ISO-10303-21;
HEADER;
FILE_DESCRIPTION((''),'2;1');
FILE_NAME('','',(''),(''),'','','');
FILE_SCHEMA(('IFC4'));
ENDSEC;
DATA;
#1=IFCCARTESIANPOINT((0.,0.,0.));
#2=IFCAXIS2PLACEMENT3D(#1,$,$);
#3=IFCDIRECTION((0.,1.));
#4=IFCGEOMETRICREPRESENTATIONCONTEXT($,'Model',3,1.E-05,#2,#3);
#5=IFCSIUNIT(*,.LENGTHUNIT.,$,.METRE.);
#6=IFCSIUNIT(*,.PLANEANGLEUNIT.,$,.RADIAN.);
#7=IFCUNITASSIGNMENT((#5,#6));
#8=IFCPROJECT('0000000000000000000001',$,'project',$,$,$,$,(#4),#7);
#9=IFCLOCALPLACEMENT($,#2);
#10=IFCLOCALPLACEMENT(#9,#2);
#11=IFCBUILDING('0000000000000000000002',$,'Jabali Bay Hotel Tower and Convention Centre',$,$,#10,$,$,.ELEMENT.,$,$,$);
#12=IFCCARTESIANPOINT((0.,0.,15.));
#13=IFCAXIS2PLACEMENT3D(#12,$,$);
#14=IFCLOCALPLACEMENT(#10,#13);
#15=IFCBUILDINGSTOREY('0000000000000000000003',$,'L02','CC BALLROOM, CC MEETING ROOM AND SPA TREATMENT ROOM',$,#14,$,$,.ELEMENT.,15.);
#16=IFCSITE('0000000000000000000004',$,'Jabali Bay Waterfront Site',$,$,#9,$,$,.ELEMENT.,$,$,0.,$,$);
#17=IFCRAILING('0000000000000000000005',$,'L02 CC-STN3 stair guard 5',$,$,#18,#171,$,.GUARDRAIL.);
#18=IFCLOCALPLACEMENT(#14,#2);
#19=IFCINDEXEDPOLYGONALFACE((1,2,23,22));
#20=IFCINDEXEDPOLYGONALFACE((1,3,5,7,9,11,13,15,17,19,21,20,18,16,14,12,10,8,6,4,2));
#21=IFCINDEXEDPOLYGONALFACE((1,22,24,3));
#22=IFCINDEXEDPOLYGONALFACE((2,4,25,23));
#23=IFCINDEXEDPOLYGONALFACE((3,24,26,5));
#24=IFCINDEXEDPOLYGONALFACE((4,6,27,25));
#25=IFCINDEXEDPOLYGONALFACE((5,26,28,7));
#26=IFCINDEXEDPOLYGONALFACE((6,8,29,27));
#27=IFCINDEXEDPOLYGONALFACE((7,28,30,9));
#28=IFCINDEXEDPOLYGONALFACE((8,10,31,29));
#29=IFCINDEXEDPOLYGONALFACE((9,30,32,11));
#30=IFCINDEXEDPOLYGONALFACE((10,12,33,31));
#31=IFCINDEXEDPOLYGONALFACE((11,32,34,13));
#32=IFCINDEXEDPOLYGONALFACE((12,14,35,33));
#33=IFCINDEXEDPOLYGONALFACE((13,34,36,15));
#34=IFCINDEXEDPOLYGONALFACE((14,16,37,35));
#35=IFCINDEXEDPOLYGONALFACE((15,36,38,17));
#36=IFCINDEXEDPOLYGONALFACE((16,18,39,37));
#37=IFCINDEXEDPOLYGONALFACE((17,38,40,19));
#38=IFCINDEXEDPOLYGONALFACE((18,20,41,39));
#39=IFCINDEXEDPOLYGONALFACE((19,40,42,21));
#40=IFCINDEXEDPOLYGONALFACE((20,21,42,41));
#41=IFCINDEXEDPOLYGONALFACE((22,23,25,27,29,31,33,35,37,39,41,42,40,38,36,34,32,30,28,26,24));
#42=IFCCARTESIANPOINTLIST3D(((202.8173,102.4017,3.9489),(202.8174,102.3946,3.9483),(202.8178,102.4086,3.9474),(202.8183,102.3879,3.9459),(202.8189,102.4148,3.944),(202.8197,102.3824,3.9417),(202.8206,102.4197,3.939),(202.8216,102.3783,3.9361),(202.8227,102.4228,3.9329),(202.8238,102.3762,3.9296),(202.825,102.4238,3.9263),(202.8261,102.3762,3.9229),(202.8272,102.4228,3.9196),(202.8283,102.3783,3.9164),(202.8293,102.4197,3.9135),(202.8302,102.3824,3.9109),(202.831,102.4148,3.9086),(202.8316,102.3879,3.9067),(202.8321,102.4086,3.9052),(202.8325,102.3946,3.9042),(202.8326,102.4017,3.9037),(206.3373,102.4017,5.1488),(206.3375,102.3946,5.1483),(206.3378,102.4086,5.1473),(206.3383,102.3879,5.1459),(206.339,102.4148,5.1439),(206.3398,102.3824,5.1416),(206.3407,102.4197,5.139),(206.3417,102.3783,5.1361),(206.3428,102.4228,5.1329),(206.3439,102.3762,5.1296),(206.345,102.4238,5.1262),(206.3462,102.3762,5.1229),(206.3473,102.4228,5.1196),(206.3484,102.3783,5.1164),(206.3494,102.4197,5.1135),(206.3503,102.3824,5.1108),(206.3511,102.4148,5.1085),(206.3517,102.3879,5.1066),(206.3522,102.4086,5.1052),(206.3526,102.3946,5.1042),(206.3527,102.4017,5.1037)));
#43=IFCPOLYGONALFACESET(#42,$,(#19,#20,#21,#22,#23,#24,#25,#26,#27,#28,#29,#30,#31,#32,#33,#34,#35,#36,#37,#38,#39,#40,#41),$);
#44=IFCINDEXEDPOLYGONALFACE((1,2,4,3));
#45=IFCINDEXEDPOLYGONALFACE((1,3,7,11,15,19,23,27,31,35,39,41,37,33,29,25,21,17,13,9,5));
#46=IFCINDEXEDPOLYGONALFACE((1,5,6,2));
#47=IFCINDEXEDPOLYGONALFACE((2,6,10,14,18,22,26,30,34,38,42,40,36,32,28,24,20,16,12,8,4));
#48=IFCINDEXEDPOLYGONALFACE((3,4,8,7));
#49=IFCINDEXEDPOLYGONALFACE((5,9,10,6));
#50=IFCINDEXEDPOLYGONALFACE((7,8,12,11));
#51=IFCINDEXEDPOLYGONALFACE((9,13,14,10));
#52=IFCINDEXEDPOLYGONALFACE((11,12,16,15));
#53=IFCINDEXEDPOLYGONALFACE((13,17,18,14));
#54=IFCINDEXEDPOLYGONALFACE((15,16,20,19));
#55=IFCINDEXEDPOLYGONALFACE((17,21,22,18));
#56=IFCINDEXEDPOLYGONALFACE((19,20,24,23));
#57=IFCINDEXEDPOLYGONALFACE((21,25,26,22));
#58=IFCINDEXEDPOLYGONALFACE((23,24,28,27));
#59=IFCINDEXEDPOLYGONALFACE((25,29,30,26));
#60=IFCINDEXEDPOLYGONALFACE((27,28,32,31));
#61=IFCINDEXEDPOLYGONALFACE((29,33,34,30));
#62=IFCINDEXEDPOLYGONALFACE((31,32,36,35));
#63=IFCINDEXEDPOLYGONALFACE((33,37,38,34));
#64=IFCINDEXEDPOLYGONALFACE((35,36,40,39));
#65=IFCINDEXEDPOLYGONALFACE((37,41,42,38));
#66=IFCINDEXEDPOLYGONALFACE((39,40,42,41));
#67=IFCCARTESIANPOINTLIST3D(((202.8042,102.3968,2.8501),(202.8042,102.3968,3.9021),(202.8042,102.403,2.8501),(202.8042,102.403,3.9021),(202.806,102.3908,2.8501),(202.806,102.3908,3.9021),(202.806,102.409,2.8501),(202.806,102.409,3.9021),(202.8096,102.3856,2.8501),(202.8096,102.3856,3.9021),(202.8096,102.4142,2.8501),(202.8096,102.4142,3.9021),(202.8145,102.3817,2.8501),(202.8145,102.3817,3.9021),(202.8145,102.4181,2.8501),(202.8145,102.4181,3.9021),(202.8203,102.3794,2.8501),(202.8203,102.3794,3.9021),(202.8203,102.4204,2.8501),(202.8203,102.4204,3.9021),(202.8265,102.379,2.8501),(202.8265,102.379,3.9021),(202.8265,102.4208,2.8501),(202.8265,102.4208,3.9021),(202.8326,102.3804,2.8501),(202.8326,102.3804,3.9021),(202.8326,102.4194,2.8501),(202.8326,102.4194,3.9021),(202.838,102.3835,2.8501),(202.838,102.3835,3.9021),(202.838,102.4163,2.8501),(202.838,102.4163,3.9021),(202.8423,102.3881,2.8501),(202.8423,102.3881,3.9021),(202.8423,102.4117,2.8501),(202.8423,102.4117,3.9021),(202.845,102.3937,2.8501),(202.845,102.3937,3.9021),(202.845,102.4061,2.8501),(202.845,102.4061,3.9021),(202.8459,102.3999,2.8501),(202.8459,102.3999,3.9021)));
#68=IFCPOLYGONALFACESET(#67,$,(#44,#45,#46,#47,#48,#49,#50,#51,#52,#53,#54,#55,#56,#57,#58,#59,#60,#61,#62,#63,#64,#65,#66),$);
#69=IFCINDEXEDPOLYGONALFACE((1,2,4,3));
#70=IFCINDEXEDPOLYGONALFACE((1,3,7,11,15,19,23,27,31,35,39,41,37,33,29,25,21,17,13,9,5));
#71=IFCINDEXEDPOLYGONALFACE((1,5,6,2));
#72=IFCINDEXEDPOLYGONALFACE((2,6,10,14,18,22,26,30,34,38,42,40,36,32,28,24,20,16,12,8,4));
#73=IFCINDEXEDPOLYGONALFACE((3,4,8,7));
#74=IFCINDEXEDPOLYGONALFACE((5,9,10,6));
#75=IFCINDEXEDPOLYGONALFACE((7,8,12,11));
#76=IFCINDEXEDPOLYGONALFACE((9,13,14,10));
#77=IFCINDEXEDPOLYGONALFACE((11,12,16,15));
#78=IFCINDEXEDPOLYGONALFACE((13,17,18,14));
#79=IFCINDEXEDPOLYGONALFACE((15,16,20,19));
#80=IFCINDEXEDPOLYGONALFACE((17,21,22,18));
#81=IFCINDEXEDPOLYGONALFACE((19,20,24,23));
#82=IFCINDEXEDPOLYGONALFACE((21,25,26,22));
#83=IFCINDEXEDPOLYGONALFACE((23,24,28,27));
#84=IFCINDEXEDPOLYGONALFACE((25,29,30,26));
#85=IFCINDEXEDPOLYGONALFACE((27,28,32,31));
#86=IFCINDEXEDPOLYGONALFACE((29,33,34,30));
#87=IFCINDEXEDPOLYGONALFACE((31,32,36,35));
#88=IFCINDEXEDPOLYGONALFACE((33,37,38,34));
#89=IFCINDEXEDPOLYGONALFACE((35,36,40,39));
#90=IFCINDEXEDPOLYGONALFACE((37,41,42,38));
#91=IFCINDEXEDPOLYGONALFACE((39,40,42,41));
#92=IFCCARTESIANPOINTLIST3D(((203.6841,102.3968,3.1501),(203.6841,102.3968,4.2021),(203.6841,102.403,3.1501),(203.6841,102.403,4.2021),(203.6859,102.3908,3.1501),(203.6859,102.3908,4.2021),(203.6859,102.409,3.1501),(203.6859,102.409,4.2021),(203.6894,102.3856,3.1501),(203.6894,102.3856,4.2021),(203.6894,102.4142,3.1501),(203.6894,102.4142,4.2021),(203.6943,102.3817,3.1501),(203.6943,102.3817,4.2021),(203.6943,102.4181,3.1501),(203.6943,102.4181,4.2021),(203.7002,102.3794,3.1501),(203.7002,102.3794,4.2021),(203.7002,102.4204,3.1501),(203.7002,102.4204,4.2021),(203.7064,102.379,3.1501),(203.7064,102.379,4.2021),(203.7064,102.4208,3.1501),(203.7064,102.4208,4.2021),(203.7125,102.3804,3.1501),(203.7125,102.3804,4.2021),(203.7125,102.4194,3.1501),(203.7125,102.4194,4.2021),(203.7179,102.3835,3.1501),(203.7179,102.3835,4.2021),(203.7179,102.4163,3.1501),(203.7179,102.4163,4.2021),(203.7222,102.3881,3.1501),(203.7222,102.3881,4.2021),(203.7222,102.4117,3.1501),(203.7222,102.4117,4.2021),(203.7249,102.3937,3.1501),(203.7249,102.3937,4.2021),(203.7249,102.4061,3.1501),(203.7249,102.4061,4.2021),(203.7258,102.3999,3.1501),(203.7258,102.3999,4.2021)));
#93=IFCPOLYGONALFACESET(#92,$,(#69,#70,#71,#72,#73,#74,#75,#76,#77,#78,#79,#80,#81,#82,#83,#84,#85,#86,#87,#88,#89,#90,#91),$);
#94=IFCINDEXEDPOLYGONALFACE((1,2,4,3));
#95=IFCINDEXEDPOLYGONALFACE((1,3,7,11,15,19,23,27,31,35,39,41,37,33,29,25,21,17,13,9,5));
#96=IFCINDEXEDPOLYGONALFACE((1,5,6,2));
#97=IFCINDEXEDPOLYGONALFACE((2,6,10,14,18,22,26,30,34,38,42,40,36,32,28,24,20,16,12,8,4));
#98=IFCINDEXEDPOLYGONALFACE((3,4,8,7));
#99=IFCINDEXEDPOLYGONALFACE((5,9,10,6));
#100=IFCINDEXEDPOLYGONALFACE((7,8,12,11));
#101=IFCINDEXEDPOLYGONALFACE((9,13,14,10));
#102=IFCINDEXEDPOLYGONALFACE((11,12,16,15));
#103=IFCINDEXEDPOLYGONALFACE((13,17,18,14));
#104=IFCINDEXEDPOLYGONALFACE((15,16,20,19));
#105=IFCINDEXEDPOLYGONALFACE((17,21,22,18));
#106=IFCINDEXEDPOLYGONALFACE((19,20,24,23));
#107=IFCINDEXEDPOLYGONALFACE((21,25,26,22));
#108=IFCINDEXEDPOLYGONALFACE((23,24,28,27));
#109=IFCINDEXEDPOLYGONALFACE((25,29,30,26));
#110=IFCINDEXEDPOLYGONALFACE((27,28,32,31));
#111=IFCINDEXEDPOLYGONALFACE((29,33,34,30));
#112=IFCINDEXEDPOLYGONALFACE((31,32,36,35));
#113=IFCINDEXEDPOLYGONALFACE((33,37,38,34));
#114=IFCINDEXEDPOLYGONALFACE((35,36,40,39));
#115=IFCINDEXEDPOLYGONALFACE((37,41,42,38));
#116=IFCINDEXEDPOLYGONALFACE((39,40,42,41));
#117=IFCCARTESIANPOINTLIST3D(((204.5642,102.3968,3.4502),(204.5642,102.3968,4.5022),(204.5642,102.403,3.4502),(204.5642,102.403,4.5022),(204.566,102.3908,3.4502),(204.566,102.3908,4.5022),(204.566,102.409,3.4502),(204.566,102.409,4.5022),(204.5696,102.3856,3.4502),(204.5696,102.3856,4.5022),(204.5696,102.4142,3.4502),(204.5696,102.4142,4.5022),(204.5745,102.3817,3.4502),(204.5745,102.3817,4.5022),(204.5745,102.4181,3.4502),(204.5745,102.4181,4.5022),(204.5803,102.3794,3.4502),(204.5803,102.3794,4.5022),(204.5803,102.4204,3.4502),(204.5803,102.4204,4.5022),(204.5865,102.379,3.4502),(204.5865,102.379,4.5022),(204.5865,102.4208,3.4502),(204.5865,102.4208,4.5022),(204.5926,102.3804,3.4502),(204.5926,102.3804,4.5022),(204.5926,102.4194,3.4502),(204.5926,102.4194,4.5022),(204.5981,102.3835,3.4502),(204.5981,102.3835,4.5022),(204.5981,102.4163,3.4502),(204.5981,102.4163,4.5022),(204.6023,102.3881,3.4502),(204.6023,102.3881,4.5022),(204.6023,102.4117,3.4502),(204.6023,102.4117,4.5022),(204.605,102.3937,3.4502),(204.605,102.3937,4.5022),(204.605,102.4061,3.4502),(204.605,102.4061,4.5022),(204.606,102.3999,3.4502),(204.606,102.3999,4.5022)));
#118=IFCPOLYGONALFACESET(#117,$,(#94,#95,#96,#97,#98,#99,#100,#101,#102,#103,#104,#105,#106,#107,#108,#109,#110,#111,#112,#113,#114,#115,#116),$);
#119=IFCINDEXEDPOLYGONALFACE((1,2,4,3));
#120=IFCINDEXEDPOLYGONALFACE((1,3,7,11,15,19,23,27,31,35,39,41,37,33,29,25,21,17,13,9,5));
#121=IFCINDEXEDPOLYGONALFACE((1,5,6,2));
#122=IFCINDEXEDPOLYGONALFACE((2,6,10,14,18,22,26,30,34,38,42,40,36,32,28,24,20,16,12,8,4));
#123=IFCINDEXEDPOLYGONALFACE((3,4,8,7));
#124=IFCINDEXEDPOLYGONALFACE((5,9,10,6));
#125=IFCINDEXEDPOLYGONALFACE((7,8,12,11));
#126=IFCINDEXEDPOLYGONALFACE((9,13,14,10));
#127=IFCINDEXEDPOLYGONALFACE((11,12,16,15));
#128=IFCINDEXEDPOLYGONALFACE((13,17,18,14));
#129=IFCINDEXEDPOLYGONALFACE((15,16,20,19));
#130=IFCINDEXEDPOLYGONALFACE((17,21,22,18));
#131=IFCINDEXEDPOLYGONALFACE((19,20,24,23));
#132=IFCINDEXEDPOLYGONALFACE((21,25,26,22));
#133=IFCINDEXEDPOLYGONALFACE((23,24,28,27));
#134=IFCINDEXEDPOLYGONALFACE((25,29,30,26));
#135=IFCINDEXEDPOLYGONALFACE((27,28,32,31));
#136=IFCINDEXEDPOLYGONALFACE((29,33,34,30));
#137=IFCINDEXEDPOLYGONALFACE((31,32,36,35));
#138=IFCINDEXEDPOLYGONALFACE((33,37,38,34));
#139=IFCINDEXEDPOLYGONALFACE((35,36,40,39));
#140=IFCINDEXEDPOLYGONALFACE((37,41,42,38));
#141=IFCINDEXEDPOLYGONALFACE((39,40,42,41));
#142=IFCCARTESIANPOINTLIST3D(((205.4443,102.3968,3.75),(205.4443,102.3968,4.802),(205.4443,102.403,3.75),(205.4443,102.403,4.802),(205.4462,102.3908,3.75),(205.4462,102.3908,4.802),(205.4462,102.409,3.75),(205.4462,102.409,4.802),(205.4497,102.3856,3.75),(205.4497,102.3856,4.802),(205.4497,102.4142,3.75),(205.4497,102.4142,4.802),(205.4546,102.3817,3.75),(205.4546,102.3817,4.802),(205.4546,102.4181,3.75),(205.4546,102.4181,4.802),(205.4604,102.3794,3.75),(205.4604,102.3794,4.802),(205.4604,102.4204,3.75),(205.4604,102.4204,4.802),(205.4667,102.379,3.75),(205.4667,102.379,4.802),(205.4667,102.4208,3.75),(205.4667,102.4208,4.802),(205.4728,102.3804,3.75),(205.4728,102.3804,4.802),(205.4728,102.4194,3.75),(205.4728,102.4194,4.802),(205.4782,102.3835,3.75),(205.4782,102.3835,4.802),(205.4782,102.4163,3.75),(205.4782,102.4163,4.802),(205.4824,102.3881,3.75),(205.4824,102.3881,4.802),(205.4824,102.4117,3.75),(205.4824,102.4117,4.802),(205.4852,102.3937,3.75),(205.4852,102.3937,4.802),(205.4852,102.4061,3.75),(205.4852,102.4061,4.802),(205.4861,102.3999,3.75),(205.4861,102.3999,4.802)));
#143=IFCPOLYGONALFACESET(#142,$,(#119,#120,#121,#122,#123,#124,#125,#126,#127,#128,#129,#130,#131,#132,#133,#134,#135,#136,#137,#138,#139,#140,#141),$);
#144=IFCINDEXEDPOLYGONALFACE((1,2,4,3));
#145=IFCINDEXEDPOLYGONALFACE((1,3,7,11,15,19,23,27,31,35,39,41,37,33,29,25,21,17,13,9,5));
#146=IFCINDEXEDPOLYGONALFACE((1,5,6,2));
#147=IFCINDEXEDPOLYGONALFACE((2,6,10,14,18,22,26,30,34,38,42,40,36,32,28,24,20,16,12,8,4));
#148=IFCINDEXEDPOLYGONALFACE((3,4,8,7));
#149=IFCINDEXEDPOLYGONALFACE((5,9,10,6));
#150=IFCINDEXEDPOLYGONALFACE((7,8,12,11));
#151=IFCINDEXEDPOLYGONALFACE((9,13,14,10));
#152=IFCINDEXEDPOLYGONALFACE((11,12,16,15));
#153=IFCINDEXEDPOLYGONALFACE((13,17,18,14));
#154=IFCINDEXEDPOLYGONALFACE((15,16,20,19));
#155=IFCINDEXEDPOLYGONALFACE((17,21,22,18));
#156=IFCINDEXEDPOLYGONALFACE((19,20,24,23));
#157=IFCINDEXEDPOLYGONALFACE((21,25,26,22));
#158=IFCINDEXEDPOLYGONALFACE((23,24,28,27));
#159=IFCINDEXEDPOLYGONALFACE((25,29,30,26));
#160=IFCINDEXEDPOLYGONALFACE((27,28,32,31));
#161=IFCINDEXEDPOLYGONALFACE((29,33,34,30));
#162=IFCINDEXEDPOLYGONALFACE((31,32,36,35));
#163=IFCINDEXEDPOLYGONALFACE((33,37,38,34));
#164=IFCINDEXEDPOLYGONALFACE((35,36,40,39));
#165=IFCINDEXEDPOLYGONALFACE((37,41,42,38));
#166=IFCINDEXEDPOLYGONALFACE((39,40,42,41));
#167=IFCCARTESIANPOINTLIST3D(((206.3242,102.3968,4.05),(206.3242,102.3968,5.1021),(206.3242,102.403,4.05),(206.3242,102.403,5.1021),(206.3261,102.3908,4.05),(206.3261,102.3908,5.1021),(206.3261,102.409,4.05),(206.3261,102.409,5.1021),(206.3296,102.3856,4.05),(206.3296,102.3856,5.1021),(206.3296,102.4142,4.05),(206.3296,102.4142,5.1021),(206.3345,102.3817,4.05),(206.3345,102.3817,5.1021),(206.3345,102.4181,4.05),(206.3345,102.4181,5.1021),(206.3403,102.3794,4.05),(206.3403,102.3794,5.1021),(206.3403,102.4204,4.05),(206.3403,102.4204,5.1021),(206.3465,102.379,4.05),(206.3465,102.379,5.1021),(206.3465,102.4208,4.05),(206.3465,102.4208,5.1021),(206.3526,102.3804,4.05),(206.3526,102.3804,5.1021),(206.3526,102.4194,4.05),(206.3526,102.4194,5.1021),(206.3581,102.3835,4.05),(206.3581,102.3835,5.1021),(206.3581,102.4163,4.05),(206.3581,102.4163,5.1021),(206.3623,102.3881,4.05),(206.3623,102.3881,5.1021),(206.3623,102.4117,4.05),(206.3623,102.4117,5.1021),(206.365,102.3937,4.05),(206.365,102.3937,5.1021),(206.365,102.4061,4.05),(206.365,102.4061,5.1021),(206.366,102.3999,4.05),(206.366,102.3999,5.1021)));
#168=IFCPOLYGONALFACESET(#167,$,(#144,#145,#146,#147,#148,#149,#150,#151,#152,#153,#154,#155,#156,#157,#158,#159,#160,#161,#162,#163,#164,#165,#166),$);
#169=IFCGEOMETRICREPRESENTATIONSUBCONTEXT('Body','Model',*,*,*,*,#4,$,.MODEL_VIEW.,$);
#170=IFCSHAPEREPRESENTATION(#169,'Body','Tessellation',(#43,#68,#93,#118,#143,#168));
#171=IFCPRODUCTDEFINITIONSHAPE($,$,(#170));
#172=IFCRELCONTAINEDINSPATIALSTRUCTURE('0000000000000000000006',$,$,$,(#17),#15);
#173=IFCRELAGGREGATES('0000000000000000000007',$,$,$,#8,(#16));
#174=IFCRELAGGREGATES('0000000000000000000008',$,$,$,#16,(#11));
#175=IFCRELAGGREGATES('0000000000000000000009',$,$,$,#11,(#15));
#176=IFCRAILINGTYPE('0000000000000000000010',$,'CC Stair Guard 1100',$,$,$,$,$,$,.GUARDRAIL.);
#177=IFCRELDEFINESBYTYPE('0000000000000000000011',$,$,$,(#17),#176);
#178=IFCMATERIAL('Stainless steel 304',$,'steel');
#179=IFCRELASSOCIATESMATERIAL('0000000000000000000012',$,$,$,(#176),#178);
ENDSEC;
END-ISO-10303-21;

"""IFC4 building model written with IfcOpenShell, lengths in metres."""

from ifc_helpers import new_model, si_unit, direction, frame, origin, origin_2d, place, context, subcontext, project, spatial, circle, extrude, material, type_object, element, save


model = new_model("IFC4")

# Units and contexts
model_context = context("Model", 3, precision=1e-05, world=origin(), true_north=direction((0.0, 1.0)))
body_context = subcontext(model_context, "Body", "Model", "MODEL_VIEW")
ifc_project = project(units=[si_unit("LENGTHUNIT", "METRE"), si_unit("PLANEANGLEUNIT", "RADIAN")], contexts=[model_context])

# Site, building, storey
site_placement = place(None, origin())
site = spatial("IfcSite", under=ifc_project, at=site_placement, Name="Jabali Bay Waterfront Site", CompositionType="ELEMENT", RefElevation=0.0)
building_placement = place(site_placement, origin())
building = spatial("IfcBuilding", under=site, at=building_placement, Name="Jabali Bay Hotel Tower and Convention Centre", CompositionType="ELEMENT")
storey_placement = place(building_placement, frame((0.0, 0.0, 15.0)))
storey = spatial("IfcBuildingStorey", under=building, at=storey_placement, Name="L02", Description="CC BALLROOM, CC MEETING ROOM AND SPA TREATMENT ROOM", CompositionType="ELEMENT", Elevation=15.0)

# Railing
ifc_material_1 = material(Name="Stainless steel 304", Category="steel")
railing_type_1 = type_object("IfcRailingType", Name="CC Stair Guard 1100", PredefinedType="GUARDRAIL", material=ifc_material_1)
railing_1_placement = place(storey_placement, frame((202.825, 102.3999, 2.8501)))
element("IfcRailing", 1, at=railing_1_placement, inside=storey, type_object=railing_type_1, Name="L02 CC-STN3 stair guard 5", PredefinedType="GUARDRAIL", context=body_context, shape_type="SweptSolid", body=[
    extrude(circle(Radius=0.0239, at=origin_2d()), frame((0.0, 0.0, 1.0762), z_axis=(0.946515, 0.0, 0.322661), x_axis=(0.0, 1.0, 0.0)), (0.0, 0.0, 1.0), 3.719),
    extrude(circle(Radius=0.021, at=origin_2d()), origin(), (0.0, 0.0, 1.0), 1.052),
    extrude(circle(Radius=0.021, at=origin_2d()), frame((0.8799, 0.0, 0.3)), (0.0, 0.0, 1.0), 1.052),
    extrude(circle(Radius=0.021, at=origin_2d()), frame((1.76, 0.0, 0.6001)), (0.0, 0.0, 1.0), 1.052),
    extrude(circle(Radius=0.021, at=origin_2d()), frame((2.6401, 0.0, 0.8999)), (0.0, 0.0, 1.0), 1.052),
    extrude(circle(Radius=0.021, at=origin_2d()), frame((3.52, 0.0, 1.2)), (0.0, 0.0, 1.0), 1.052),
])

save(model, "model.ifc")
